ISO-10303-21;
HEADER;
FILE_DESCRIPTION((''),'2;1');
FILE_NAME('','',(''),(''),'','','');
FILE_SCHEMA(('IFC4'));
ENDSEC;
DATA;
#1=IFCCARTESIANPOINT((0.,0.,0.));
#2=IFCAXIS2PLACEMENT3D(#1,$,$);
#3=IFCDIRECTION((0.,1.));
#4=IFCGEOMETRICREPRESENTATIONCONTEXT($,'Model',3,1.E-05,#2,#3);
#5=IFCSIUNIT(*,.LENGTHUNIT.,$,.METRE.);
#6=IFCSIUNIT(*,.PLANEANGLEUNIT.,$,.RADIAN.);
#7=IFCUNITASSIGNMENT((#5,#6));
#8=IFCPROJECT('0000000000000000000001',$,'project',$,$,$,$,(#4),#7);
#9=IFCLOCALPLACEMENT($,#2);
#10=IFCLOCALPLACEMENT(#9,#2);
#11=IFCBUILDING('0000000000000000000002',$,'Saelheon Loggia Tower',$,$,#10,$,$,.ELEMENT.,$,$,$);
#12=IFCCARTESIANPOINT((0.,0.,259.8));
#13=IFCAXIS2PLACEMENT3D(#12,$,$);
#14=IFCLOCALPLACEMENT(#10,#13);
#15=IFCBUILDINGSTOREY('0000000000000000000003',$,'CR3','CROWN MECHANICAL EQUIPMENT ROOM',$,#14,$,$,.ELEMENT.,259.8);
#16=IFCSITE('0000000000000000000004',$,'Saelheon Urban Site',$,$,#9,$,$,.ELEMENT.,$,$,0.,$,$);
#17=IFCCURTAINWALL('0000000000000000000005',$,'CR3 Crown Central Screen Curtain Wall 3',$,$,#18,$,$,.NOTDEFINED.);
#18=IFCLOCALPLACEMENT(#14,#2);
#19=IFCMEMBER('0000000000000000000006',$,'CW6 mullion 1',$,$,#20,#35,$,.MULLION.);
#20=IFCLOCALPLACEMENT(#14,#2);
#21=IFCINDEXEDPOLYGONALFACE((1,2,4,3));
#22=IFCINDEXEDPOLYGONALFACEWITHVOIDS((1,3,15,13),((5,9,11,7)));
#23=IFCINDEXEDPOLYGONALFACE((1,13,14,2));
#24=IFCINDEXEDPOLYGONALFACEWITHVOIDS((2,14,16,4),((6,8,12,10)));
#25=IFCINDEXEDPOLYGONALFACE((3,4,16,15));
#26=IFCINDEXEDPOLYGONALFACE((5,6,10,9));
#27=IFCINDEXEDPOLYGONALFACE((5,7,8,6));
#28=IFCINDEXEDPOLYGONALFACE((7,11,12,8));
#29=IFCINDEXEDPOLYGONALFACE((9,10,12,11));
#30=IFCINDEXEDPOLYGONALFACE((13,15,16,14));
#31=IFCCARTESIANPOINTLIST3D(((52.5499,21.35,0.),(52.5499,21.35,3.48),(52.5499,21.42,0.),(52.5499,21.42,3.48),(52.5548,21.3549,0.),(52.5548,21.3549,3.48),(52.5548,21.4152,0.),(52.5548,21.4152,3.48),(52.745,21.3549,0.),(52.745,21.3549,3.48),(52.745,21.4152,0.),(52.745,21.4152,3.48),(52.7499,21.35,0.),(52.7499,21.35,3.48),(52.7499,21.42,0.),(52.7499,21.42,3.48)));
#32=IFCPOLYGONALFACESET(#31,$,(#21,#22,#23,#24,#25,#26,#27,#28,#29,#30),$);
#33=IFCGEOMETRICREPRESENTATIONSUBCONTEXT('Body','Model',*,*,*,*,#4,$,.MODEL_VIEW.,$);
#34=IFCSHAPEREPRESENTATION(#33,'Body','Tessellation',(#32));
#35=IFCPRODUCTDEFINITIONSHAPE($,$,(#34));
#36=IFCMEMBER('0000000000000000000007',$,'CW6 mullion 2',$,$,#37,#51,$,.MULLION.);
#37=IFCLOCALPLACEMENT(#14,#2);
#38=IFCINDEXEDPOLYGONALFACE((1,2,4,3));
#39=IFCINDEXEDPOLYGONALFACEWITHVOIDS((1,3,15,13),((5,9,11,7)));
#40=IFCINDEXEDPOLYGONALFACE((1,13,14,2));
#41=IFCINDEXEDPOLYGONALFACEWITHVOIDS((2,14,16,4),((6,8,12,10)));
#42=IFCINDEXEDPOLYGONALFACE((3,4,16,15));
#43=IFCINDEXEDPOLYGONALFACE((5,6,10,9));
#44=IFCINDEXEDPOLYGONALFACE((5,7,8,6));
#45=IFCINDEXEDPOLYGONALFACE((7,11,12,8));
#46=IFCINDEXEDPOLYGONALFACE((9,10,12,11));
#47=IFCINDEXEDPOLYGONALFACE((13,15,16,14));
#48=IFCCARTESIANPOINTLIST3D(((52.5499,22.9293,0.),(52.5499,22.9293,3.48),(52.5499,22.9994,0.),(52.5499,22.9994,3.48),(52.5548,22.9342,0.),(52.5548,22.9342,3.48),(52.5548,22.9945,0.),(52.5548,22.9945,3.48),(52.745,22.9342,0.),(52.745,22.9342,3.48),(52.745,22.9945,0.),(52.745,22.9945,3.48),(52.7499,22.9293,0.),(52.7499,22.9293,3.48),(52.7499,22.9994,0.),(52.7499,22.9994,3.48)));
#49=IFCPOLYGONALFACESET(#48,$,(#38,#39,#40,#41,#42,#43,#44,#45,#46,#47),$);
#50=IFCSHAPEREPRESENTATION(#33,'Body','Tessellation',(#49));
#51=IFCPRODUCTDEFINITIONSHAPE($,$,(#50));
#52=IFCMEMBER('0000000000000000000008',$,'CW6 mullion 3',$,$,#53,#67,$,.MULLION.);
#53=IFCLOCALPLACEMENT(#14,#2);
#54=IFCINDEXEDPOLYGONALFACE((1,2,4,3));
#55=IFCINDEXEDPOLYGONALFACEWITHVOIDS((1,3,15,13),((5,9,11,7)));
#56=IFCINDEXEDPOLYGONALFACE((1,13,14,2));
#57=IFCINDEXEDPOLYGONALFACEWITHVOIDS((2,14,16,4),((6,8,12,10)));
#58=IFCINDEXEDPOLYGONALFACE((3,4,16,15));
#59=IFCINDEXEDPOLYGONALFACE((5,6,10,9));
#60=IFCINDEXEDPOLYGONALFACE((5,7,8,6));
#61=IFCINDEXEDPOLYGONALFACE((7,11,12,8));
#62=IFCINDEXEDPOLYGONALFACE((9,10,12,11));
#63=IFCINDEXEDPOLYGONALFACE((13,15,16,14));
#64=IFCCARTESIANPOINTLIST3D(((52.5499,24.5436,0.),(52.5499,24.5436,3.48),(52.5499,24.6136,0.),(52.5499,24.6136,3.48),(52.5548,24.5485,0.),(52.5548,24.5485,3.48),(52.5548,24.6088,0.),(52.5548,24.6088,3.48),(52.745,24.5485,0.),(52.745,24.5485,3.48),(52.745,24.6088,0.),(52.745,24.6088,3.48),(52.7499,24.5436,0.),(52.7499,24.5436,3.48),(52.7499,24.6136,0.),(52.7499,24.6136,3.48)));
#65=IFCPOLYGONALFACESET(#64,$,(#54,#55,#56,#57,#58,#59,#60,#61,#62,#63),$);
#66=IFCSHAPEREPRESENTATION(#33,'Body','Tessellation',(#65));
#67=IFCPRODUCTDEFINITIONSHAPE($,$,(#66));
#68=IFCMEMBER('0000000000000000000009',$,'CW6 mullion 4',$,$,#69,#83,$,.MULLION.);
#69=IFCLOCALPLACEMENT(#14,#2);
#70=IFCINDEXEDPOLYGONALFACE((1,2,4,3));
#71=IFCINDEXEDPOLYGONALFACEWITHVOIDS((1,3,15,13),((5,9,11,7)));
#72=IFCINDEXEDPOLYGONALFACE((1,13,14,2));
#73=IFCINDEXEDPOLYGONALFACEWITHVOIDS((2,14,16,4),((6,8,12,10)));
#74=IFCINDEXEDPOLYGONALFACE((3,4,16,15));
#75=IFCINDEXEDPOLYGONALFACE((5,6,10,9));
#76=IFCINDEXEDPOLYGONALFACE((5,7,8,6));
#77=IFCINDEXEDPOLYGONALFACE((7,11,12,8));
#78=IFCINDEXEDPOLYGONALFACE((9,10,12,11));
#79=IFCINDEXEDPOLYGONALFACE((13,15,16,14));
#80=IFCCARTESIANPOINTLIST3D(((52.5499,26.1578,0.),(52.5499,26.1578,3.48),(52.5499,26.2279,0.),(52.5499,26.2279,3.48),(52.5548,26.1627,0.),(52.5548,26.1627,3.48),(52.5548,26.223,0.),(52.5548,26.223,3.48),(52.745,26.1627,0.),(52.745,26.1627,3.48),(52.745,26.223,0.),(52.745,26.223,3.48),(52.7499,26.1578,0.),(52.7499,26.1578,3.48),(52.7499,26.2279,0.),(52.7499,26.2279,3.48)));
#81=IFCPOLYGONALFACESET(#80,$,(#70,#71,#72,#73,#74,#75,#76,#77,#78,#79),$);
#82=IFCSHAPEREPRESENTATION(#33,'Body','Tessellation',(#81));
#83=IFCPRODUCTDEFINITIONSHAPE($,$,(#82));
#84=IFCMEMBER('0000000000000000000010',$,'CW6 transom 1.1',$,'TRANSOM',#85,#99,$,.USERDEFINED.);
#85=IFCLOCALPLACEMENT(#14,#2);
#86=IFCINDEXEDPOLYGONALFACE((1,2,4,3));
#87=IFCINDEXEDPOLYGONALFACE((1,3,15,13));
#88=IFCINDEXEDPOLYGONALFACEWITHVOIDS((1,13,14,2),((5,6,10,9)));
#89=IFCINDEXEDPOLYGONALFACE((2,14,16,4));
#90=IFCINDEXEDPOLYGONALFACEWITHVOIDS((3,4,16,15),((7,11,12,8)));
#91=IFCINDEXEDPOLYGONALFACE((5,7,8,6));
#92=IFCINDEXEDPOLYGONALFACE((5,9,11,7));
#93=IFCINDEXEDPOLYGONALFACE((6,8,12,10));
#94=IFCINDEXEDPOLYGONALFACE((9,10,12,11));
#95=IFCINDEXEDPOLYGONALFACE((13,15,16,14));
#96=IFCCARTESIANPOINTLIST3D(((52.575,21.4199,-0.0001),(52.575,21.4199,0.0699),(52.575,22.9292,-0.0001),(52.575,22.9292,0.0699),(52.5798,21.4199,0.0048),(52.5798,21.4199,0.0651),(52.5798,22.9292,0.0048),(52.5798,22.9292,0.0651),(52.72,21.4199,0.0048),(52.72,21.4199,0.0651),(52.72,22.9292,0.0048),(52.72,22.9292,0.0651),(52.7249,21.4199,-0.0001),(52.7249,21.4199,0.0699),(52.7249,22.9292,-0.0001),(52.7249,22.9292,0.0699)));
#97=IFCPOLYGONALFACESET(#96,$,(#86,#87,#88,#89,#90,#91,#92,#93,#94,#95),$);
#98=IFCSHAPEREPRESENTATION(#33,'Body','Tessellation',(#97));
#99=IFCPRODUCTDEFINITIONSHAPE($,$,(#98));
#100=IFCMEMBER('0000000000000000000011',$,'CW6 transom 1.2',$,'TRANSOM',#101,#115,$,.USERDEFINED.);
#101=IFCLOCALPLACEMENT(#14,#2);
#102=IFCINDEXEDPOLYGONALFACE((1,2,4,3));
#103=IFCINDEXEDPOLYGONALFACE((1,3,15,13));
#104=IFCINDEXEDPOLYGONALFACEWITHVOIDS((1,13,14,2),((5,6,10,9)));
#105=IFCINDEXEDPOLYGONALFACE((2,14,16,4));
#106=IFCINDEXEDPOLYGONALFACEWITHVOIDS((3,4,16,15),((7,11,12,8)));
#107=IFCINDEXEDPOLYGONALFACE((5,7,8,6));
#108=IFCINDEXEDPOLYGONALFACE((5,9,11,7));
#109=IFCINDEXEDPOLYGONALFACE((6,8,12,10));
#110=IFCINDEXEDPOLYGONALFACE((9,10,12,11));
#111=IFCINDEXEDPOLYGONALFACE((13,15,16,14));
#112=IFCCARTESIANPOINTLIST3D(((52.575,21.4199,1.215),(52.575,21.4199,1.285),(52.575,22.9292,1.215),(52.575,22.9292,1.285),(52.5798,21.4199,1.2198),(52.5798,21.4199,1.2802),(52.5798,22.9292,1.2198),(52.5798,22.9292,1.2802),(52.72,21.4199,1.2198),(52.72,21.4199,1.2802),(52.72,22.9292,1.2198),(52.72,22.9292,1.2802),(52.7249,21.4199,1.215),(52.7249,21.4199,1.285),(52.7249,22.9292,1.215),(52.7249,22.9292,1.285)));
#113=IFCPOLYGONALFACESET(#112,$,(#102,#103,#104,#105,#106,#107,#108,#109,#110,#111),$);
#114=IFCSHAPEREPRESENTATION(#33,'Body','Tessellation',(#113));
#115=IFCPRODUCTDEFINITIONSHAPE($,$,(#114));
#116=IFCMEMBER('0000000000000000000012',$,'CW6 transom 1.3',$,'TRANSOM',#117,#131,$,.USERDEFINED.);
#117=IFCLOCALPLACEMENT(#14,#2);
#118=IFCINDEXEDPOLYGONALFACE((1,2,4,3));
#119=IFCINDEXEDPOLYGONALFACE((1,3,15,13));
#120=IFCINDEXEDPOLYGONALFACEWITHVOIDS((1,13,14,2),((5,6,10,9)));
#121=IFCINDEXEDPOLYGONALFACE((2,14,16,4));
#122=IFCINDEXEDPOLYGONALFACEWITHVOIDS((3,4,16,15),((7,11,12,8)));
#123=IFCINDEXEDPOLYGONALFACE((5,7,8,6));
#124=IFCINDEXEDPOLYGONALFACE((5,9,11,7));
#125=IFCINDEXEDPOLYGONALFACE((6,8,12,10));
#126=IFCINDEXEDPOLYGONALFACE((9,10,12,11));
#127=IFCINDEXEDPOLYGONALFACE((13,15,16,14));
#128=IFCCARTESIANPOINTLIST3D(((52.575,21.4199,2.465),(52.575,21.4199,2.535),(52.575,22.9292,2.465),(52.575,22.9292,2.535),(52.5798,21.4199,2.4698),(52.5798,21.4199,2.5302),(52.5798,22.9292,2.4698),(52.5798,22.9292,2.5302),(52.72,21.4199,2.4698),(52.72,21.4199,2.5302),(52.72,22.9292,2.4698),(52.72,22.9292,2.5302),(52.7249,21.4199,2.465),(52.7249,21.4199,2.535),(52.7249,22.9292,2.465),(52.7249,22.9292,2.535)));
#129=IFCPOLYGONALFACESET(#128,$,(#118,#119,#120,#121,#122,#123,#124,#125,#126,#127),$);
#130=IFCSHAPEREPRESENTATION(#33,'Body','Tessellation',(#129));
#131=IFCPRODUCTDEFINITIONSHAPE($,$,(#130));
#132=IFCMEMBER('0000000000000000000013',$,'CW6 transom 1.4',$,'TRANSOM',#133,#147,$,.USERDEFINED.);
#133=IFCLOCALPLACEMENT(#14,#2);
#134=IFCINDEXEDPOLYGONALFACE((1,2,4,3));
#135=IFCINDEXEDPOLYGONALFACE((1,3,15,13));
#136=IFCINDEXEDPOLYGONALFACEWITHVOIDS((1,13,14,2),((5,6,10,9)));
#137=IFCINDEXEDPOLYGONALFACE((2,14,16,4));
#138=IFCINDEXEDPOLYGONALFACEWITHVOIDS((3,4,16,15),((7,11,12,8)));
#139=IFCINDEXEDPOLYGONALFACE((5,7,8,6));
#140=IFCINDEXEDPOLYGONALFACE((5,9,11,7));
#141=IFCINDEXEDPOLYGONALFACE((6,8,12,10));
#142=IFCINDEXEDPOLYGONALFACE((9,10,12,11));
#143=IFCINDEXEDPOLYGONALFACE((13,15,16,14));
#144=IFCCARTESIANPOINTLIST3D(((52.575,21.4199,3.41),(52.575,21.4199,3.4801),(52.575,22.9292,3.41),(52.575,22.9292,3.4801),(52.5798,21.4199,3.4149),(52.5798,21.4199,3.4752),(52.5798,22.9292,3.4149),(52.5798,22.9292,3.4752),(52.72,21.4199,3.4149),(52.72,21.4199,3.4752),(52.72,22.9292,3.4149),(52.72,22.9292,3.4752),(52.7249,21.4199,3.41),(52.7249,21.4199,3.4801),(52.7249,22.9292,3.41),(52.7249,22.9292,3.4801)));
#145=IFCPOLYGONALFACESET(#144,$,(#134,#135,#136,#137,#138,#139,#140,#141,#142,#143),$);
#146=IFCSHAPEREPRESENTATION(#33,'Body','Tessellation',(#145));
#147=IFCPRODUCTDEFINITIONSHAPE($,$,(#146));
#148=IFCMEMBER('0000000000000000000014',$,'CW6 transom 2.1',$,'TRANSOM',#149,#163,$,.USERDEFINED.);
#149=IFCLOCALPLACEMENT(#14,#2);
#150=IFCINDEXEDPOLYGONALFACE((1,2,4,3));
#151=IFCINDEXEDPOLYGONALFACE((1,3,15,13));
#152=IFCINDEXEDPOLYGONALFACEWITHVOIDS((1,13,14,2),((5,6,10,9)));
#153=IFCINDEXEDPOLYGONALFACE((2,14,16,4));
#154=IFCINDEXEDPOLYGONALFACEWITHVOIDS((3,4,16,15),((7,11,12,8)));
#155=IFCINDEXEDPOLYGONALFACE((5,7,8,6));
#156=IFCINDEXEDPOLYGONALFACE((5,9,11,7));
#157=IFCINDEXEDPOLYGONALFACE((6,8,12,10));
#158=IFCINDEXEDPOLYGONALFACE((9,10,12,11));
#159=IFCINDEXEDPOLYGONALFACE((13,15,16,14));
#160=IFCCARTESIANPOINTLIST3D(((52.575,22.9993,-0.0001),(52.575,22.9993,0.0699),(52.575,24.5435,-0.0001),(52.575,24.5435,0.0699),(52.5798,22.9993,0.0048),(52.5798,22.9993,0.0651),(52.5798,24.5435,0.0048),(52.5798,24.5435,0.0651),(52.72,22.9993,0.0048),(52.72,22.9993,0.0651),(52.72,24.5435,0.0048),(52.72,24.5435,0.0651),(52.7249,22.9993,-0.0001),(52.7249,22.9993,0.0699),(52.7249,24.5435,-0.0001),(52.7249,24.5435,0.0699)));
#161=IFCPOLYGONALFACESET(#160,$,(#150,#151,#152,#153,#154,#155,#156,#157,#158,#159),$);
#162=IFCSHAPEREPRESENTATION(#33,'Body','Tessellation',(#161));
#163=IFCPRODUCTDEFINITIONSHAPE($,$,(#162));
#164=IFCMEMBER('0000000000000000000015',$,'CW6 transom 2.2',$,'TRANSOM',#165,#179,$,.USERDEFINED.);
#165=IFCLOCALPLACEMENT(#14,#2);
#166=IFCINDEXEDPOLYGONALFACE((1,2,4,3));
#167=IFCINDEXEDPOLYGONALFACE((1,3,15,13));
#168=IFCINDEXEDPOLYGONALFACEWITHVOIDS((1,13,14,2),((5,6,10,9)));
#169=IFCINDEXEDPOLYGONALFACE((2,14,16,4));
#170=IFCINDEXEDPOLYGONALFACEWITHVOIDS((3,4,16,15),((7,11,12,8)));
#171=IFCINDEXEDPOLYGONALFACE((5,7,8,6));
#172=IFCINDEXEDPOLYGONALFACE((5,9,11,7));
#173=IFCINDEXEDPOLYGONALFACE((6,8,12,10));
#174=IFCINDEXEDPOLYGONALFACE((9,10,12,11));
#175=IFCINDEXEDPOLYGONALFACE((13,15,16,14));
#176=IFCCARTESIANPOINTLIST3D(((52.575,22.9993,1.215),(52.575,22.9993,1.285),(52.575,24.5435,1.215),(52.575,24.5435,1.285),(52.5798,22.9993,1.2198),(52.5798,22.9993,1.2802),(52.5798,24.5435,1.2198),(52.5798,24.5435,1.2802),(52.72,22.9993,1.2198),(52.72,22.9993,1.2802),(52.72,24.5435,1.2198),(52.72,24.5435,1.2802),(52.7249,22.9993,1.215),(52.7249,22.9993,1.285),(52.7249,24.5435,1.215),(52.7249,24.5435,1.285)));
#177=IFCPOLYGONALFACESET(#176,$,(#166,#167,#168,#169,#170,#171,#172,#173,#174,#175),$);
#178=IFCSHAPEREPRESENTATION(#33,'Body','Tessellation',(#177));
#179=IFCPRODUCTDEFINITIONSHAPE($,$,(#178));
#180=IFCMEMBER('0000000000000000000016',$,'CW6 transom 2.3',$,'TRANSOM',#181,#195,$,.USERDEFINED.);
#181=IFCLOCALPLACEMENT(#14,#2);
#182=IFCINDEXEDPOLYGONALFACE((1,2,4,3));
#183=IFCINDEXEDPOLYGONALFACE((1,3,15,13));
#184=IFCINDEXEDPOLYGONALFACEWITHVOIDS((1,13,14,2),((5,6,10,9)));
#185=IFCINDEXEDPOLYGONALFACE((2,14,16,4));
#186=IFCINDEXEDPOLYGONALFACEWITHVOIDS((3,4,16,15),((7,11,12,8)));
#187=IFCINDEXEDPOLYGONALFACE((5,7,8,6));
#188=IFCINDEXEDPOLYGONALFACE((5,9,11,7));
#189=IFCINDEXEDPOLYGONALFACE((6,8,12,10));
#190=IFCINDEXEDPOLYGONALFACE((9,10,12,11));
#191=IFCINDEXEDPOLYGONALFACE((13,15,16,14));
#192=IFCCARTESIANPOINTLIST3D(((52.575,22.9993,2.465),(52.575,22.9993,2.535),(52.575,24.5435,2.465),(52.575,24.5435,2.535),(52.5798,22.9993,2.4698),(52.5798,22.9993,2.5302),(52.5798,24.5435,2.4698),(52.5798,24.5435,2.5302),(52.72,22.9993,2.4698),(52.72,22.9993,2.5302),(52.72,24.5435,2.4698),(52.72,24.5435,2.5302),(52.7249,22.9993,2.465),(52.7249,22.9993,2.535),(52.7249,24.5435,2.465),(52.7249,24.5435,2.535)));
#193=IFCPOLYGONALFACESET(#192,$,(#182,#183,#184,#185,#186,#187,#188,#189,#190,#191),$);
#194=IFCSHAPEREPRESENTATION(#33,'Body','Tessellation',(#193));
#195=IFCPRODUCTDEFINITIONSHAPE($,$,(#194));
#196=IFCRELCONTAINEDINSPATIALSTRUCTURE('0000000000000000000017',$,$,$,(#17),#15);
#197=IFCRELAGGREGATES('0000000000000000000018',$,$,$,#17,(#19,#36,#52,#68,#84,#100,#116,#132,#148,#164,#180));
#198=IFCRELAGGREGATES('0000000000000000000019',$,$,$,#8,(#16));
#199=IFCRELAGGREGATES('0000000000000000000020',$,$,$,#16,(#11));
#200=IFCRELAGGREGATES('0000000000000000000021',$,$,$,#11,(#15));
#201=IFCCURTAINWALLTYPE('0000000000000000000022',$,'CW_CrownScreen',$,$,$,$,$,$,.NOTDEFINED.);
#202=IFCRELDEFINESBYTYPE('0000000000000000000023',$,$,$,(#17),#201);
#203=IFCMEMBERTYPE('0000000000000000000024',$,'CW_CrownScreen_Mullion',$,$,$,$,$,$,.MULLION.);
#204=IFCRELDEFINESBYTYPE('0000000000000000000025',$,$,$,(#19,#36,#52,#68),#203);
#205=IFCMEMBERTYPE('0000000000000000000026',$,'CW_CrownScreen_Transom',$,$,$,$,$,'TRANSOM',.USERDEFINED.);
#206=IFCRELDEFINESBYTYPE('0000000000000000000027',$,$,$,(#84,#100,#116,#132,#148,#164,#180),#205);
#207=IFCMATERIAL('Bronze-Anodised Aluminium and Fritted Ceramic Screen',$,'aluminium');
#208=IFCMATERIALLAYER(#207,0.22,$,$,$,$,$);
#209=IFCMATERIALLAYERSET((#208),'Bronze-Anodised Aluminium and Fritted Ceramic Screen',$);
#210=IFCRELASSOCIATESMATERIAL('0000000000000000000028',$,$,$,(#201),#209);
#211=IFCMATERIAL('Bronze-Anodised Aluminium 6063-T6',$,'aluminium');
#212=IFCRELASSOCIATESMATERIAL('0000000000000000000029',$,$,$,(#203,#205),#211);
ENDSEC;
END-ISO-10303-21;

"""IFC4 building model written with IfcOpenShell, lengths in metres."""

from ifc_helpers import new_model, si_unit, direction, frame, origin, origin_2d, place, context, subcontext, project, spatial, hollow_rectangle, extrude, source, transform, mapped, material, layer, layer_set, material_profile, profile_set, type_object, element, aggregate, save


model = new_model("IFC4")

# Units and contexts
model_context = context("Model", 3, precision=1e-05, world=origin(), true_north=direction((0.0, 1.0)))
body_context = subcontext(model_context, "Body", "Model", "MODEL_VIEW")
ifc_project = project(units=[si_unit("LENGTHUNIT", "METRE"), si_unit("PLANEANGLEUNIT", "RADIAN")], contexts=[model_context])

# Site, building, storey
site_placement = place(None, origin())
site = spatial("IfcSite", under=ifc_project, at=site_placement, Name="Saelheon Urban Site", CompositionType="ELEMENT", RefElevation=0.0)
building_placement = place(site_placement, origin())
building = spatial("IfcBuilding", under=site, at=building_placement, Name="Saelheon Loggia Tower", CompositionType="ELEMENT")
storey_placement = place(building_placement, frame((0.0, 0.0, 259.8)))
storey = spatial("IfcBuildingStorey", under=building, at=storey_placement, Name="CR3", Description="CROWN MECHANICAL EQUIPMENT ROOM", CompositionType="ELEMENT", Elevation=259.8)

# Curtain wall, members
ifc_material_1 = material(Name="Bronze-Anodised Aluminium and Fritted Ceramic Screen", Category="aluminium")
ifc_layer_1 = layer(ifc_material_1, 0.22)
ifc_layer_set_1 = layer_set([ifc_layer_1], Name="Bronze-Anodised Aluminium and Fritted Ceramic Screen")
curtain_wall_type = type_object("IfcCurtainWallType", Name="CW_CrownScreen", PredefinedType="NOTDEFINED", material=ifc_layer_set_1)
curtain_wall_placement = place(storey_placement, origin())
curtain_wall = element("IfcCurtainWall", 1, at=curtain_wall_placement, inside=storey, type_object=curtain_wall_type, Name="CR3 Crown Central Screen Curtain Wall 3", PredefinedType="NOTDEFINED")
ifc_material_2 = material(Name="Bronze-Anodised Aluminium 6063-T6", Category="aluminium")
ifc_material_profile_1 = material_profile(ifc_material_2, hollow_rectangle(XDim=0.0701, YDim=0.2, WallThickness=0.0049, at=origin_2d()), Name="RHS-200x70x5")
ifc_profile_set_1 = profile_set([ifc_material_profile_1], Name="Bronze-Anodised Aluminium 6063-T6")
member_type_1 = type_object("IfcMemberType", Name="CW_CrownScreen_Mullion", PredefinedType="MULLION", material=ifc_profile_set_1)
shared_shape_1 = source(origin(), body_context, "Body", "SweptSolid", [
    extrude(hollow_rectangle(XDim=0.0701, YDim=0.2, WallThickness=0.0049, at=origin_2d()), origin(), (0.0, 0.0, 1.0), 3.48),
])
member_1_placement = place(storey_placement, frame((52.6499, 21.385, 0.0), z_axis=(0.0, 0.0, 1.0), x_axis=(0.0, 1.0, 0.0)))
member_1 = element("IfcMember", 2, at=member_1_placement, type_object=member_type_1, Name="CW6 mullion 1", PredefinedType="MULLION", context=body_context, shape_type="MappedRepresentation", body=[
    mapped(shared_shape_1, transform((0.0, 0.0, 0.0), scale=1.0)),
])
member_2_placement = place(storey_placement, frame((52.6499, 22.9644, 0.0), z_axis=(0.0, 0.0, 1.0), x_axis=(0.0, 1.0, 0.0)))
member_2 = element("IfcMember", 3, at=member_2_placement, type_object=member_type_1, Name="CW6 mullion 2", PredefinedType="MULLION", context=body_context, shape_type="MappedRepresentation", body=[
    mapped(shared_shape_1, transform((0.0, 0.0, 0.0), scale=1.0)),
])
member_3_placement = place(storey_placement, frame((52.6499, 24.5786, 0.0), z_axis=(0.0, 0.0, 1.0), x_axis=(0.0, 1.0, 0.0)))
member_3 = element("IfcMember", 4, at=member_3_placement, type_object=member_type_1, Name="CW6 mullion 3", PredefinedType="MULLION", context=body_context, shape_type="MappedRepresentation", body=[
    mapped(shared_shape_1, transform((0.0, 0.0, 0.0), scale=1.0)),
])
member_4_placement = place(storey_placement, frame((52.6499, 26.1929, 0.0), z_axis=(0.0, 0.0, 1.0), x_axis=(0.0, 1.0, 0.0)))
member_4 = element("IfcMember", 5, at=member_4_placement, type_object=member_type_1, Name="CW6 mullion 4", PredefinedType="MULLION", context=body_context, shape_type="MappedRepresentation", body=[
    mapped(shared_shape_1, transform((0.0, 0.0, 0.0), scale=1.0)),
])
ifc_material_profile_2 = material_profile(ifc_material_2, hollow_rectangle(XDim=0.0701, YDim=0.1499, WallThickness=0.0049, at=origin_2d()), Name="RHS-150x70x5")
ifc_profile_set_2 = profile_set([ifc_material_profile_2], Name="Bronze-Anodised Aluminium 6063-T6")
member_type_2 = type_object("IfcMemberType", Name="CW_CrownScreen_Transom", ElementType="TRANSOM", PredefinedType="USERDEFINED", material=ifc_profile_set_2)
shared_shape_2 = source(origin(), body_context, "Body", "SweptSolid", [
    extrude(hollow_rectangle(XDim=0.0701, YDim=0.1499, WallThickness=0.0049, at=origin_2d()), origin(), (0.0, 0.0, 1.0), 1.5093),
])
member_5_placement = place(storey_placement, frame((52.6499, 21.4199, 0.0349), z_axis=(0.0, 1.0, 0.0), x_axis=(0.0, 0.0, 1.0)))
member_5 = element("IfcMember", 6, at=member_5_placement, type_object=member_type_2, Name="CW6 transom 1.1", ObjectType="TRANSOM", PredefinedType="USERDEFINED", context=body_context, shape_type="MappedRepresentation", body=[
    mapped(shared_shape_2, transform((0.0, 0.0, 0.0), scale=1.0)),
])
member_6_placement = place(storey_placement, frame((52.6499, 21.4199, 1.25), z_axis=(0.0, 1.0, 0.0), x_axis=(0.0, 0.0, 1.0)))
member_6 = element("IfcMember", 7, at=member_6_placement, type_object=member_type_2, Name="CW6 transom 1.2", ObjectType="TRANSOM", PredefinedType="USERDEFINED", context=body_context, shape_type="MappedRepresentation", body=[
    mapped(shared_shape_2, transform((0.0, 0.0, 0.0), scale=1.0)),
])
member_7_placement = place(storey_placement, frame((52.6499, 21.4199, 2.5), z_axis=(0.0, 1.0, 0.0), x_axis=(0.0, 0.0, 1.0)))
member_7 = element("IfcMember", 8, at=member_7_placement, type_object=member_type_2, Name="CW6 transom 1.3", ObjectType="TRANSOM", PredefinedType="USERDEFINED", context=body_context, shape_type="MappedRepresentation", body=[
    mapped(shared_shape_2, transform((0.0, 0.0, 0.0), scale=1.0)),
])
member_8_placement = place(storey_placement, frame((52.6499, 21.4199, 3.4451), z_axis=(0.0, 1.0, 0.0), x_axis=(0.0, 0.0, 1.0)))
member_8 = element("IfcMember", 9, at=member_8_placement, type_object=member_type_2, Name="CW6 transom 1.4", ObjectType="TRANSOM", PredefinedType="USERDEFINED", context=body_context, shape_type="MappedRepresentation", body=[
    mapped(shared_shape_2, transform((0.0, 0.0, 0.0), scale=1.0)),
])
shared_shape_3 = source(origin(), body_context, "Body", "SweptSolid", [
    extrude(hollow_rectangle(XDim=0.0701, YDim=0.1499, WallThickness=0.0049, at=origin_2d()), origin(), (0.0, 0.0, 1.0), 1.5442),
])
member_9_placement = place(storey_placement, frame((52.6499, 22.9993, 0.0349), z_axis=(0.0, 1.0, 0.0), x_axis=(0.0, 0.0, 1.0)))
member_9 = element("IfcMember", 10, at=member_9_placement, type_object=member_type_2, Name="CW6 transom 2.1", ObjectType="TRANSOM", PredefinedType="USERDEFINED", context=body_context, shape_type="MappedRepresentation", body=[
    mapped(shared_shape_3, transform((0.0, 0.0, 0.0), scale=1.0)),
])
member_10_placement = place(storey_placement, frame((52.6499, 22.9993, 1.25), z_axis=(0.0, 1.0, 0.0), x_axis=(0.0, 0.0, 1.0)))
member_10 = element("IfcMember", 11, at=member_10_placement, type_object=member_type_2, Name="CW6 transom 2.2", ObjectType="TRANSOM", PredefinedType="USERDEFINED", context=body_context, shape_type="MappedRepresentation", body=[
    mapped(shared_shape_3, transform((0.0, 0.0, 0.0), scale=1.0)),
])
member_11_placement = place(storey_placement, frame((52.6499, 22.9993, 2.5), z_axis=(0.0, 1.0, 0.0), x_axis=(0.0, 0.0, 1.0)))
member_11 = element("IfcMember", 12, at=member_11_placement, type_object=member_type_2, Name="CW6 transom 2.3", ObjectType="TRANSOM", PredefinedType="USERDEFINED", context=body_context, shape_type="MappedRepresentation", body=[
    mapped(shared_shape_3, transform((0.0, 0.0, 0.0), scale=1.0)),
])
aggregate(curtain_wall, [member_1, member_2, member_3, member_4, member_5, member_6, member_7, member_8, member_9, member_10, member_11])

save(model, "model.ifc")
